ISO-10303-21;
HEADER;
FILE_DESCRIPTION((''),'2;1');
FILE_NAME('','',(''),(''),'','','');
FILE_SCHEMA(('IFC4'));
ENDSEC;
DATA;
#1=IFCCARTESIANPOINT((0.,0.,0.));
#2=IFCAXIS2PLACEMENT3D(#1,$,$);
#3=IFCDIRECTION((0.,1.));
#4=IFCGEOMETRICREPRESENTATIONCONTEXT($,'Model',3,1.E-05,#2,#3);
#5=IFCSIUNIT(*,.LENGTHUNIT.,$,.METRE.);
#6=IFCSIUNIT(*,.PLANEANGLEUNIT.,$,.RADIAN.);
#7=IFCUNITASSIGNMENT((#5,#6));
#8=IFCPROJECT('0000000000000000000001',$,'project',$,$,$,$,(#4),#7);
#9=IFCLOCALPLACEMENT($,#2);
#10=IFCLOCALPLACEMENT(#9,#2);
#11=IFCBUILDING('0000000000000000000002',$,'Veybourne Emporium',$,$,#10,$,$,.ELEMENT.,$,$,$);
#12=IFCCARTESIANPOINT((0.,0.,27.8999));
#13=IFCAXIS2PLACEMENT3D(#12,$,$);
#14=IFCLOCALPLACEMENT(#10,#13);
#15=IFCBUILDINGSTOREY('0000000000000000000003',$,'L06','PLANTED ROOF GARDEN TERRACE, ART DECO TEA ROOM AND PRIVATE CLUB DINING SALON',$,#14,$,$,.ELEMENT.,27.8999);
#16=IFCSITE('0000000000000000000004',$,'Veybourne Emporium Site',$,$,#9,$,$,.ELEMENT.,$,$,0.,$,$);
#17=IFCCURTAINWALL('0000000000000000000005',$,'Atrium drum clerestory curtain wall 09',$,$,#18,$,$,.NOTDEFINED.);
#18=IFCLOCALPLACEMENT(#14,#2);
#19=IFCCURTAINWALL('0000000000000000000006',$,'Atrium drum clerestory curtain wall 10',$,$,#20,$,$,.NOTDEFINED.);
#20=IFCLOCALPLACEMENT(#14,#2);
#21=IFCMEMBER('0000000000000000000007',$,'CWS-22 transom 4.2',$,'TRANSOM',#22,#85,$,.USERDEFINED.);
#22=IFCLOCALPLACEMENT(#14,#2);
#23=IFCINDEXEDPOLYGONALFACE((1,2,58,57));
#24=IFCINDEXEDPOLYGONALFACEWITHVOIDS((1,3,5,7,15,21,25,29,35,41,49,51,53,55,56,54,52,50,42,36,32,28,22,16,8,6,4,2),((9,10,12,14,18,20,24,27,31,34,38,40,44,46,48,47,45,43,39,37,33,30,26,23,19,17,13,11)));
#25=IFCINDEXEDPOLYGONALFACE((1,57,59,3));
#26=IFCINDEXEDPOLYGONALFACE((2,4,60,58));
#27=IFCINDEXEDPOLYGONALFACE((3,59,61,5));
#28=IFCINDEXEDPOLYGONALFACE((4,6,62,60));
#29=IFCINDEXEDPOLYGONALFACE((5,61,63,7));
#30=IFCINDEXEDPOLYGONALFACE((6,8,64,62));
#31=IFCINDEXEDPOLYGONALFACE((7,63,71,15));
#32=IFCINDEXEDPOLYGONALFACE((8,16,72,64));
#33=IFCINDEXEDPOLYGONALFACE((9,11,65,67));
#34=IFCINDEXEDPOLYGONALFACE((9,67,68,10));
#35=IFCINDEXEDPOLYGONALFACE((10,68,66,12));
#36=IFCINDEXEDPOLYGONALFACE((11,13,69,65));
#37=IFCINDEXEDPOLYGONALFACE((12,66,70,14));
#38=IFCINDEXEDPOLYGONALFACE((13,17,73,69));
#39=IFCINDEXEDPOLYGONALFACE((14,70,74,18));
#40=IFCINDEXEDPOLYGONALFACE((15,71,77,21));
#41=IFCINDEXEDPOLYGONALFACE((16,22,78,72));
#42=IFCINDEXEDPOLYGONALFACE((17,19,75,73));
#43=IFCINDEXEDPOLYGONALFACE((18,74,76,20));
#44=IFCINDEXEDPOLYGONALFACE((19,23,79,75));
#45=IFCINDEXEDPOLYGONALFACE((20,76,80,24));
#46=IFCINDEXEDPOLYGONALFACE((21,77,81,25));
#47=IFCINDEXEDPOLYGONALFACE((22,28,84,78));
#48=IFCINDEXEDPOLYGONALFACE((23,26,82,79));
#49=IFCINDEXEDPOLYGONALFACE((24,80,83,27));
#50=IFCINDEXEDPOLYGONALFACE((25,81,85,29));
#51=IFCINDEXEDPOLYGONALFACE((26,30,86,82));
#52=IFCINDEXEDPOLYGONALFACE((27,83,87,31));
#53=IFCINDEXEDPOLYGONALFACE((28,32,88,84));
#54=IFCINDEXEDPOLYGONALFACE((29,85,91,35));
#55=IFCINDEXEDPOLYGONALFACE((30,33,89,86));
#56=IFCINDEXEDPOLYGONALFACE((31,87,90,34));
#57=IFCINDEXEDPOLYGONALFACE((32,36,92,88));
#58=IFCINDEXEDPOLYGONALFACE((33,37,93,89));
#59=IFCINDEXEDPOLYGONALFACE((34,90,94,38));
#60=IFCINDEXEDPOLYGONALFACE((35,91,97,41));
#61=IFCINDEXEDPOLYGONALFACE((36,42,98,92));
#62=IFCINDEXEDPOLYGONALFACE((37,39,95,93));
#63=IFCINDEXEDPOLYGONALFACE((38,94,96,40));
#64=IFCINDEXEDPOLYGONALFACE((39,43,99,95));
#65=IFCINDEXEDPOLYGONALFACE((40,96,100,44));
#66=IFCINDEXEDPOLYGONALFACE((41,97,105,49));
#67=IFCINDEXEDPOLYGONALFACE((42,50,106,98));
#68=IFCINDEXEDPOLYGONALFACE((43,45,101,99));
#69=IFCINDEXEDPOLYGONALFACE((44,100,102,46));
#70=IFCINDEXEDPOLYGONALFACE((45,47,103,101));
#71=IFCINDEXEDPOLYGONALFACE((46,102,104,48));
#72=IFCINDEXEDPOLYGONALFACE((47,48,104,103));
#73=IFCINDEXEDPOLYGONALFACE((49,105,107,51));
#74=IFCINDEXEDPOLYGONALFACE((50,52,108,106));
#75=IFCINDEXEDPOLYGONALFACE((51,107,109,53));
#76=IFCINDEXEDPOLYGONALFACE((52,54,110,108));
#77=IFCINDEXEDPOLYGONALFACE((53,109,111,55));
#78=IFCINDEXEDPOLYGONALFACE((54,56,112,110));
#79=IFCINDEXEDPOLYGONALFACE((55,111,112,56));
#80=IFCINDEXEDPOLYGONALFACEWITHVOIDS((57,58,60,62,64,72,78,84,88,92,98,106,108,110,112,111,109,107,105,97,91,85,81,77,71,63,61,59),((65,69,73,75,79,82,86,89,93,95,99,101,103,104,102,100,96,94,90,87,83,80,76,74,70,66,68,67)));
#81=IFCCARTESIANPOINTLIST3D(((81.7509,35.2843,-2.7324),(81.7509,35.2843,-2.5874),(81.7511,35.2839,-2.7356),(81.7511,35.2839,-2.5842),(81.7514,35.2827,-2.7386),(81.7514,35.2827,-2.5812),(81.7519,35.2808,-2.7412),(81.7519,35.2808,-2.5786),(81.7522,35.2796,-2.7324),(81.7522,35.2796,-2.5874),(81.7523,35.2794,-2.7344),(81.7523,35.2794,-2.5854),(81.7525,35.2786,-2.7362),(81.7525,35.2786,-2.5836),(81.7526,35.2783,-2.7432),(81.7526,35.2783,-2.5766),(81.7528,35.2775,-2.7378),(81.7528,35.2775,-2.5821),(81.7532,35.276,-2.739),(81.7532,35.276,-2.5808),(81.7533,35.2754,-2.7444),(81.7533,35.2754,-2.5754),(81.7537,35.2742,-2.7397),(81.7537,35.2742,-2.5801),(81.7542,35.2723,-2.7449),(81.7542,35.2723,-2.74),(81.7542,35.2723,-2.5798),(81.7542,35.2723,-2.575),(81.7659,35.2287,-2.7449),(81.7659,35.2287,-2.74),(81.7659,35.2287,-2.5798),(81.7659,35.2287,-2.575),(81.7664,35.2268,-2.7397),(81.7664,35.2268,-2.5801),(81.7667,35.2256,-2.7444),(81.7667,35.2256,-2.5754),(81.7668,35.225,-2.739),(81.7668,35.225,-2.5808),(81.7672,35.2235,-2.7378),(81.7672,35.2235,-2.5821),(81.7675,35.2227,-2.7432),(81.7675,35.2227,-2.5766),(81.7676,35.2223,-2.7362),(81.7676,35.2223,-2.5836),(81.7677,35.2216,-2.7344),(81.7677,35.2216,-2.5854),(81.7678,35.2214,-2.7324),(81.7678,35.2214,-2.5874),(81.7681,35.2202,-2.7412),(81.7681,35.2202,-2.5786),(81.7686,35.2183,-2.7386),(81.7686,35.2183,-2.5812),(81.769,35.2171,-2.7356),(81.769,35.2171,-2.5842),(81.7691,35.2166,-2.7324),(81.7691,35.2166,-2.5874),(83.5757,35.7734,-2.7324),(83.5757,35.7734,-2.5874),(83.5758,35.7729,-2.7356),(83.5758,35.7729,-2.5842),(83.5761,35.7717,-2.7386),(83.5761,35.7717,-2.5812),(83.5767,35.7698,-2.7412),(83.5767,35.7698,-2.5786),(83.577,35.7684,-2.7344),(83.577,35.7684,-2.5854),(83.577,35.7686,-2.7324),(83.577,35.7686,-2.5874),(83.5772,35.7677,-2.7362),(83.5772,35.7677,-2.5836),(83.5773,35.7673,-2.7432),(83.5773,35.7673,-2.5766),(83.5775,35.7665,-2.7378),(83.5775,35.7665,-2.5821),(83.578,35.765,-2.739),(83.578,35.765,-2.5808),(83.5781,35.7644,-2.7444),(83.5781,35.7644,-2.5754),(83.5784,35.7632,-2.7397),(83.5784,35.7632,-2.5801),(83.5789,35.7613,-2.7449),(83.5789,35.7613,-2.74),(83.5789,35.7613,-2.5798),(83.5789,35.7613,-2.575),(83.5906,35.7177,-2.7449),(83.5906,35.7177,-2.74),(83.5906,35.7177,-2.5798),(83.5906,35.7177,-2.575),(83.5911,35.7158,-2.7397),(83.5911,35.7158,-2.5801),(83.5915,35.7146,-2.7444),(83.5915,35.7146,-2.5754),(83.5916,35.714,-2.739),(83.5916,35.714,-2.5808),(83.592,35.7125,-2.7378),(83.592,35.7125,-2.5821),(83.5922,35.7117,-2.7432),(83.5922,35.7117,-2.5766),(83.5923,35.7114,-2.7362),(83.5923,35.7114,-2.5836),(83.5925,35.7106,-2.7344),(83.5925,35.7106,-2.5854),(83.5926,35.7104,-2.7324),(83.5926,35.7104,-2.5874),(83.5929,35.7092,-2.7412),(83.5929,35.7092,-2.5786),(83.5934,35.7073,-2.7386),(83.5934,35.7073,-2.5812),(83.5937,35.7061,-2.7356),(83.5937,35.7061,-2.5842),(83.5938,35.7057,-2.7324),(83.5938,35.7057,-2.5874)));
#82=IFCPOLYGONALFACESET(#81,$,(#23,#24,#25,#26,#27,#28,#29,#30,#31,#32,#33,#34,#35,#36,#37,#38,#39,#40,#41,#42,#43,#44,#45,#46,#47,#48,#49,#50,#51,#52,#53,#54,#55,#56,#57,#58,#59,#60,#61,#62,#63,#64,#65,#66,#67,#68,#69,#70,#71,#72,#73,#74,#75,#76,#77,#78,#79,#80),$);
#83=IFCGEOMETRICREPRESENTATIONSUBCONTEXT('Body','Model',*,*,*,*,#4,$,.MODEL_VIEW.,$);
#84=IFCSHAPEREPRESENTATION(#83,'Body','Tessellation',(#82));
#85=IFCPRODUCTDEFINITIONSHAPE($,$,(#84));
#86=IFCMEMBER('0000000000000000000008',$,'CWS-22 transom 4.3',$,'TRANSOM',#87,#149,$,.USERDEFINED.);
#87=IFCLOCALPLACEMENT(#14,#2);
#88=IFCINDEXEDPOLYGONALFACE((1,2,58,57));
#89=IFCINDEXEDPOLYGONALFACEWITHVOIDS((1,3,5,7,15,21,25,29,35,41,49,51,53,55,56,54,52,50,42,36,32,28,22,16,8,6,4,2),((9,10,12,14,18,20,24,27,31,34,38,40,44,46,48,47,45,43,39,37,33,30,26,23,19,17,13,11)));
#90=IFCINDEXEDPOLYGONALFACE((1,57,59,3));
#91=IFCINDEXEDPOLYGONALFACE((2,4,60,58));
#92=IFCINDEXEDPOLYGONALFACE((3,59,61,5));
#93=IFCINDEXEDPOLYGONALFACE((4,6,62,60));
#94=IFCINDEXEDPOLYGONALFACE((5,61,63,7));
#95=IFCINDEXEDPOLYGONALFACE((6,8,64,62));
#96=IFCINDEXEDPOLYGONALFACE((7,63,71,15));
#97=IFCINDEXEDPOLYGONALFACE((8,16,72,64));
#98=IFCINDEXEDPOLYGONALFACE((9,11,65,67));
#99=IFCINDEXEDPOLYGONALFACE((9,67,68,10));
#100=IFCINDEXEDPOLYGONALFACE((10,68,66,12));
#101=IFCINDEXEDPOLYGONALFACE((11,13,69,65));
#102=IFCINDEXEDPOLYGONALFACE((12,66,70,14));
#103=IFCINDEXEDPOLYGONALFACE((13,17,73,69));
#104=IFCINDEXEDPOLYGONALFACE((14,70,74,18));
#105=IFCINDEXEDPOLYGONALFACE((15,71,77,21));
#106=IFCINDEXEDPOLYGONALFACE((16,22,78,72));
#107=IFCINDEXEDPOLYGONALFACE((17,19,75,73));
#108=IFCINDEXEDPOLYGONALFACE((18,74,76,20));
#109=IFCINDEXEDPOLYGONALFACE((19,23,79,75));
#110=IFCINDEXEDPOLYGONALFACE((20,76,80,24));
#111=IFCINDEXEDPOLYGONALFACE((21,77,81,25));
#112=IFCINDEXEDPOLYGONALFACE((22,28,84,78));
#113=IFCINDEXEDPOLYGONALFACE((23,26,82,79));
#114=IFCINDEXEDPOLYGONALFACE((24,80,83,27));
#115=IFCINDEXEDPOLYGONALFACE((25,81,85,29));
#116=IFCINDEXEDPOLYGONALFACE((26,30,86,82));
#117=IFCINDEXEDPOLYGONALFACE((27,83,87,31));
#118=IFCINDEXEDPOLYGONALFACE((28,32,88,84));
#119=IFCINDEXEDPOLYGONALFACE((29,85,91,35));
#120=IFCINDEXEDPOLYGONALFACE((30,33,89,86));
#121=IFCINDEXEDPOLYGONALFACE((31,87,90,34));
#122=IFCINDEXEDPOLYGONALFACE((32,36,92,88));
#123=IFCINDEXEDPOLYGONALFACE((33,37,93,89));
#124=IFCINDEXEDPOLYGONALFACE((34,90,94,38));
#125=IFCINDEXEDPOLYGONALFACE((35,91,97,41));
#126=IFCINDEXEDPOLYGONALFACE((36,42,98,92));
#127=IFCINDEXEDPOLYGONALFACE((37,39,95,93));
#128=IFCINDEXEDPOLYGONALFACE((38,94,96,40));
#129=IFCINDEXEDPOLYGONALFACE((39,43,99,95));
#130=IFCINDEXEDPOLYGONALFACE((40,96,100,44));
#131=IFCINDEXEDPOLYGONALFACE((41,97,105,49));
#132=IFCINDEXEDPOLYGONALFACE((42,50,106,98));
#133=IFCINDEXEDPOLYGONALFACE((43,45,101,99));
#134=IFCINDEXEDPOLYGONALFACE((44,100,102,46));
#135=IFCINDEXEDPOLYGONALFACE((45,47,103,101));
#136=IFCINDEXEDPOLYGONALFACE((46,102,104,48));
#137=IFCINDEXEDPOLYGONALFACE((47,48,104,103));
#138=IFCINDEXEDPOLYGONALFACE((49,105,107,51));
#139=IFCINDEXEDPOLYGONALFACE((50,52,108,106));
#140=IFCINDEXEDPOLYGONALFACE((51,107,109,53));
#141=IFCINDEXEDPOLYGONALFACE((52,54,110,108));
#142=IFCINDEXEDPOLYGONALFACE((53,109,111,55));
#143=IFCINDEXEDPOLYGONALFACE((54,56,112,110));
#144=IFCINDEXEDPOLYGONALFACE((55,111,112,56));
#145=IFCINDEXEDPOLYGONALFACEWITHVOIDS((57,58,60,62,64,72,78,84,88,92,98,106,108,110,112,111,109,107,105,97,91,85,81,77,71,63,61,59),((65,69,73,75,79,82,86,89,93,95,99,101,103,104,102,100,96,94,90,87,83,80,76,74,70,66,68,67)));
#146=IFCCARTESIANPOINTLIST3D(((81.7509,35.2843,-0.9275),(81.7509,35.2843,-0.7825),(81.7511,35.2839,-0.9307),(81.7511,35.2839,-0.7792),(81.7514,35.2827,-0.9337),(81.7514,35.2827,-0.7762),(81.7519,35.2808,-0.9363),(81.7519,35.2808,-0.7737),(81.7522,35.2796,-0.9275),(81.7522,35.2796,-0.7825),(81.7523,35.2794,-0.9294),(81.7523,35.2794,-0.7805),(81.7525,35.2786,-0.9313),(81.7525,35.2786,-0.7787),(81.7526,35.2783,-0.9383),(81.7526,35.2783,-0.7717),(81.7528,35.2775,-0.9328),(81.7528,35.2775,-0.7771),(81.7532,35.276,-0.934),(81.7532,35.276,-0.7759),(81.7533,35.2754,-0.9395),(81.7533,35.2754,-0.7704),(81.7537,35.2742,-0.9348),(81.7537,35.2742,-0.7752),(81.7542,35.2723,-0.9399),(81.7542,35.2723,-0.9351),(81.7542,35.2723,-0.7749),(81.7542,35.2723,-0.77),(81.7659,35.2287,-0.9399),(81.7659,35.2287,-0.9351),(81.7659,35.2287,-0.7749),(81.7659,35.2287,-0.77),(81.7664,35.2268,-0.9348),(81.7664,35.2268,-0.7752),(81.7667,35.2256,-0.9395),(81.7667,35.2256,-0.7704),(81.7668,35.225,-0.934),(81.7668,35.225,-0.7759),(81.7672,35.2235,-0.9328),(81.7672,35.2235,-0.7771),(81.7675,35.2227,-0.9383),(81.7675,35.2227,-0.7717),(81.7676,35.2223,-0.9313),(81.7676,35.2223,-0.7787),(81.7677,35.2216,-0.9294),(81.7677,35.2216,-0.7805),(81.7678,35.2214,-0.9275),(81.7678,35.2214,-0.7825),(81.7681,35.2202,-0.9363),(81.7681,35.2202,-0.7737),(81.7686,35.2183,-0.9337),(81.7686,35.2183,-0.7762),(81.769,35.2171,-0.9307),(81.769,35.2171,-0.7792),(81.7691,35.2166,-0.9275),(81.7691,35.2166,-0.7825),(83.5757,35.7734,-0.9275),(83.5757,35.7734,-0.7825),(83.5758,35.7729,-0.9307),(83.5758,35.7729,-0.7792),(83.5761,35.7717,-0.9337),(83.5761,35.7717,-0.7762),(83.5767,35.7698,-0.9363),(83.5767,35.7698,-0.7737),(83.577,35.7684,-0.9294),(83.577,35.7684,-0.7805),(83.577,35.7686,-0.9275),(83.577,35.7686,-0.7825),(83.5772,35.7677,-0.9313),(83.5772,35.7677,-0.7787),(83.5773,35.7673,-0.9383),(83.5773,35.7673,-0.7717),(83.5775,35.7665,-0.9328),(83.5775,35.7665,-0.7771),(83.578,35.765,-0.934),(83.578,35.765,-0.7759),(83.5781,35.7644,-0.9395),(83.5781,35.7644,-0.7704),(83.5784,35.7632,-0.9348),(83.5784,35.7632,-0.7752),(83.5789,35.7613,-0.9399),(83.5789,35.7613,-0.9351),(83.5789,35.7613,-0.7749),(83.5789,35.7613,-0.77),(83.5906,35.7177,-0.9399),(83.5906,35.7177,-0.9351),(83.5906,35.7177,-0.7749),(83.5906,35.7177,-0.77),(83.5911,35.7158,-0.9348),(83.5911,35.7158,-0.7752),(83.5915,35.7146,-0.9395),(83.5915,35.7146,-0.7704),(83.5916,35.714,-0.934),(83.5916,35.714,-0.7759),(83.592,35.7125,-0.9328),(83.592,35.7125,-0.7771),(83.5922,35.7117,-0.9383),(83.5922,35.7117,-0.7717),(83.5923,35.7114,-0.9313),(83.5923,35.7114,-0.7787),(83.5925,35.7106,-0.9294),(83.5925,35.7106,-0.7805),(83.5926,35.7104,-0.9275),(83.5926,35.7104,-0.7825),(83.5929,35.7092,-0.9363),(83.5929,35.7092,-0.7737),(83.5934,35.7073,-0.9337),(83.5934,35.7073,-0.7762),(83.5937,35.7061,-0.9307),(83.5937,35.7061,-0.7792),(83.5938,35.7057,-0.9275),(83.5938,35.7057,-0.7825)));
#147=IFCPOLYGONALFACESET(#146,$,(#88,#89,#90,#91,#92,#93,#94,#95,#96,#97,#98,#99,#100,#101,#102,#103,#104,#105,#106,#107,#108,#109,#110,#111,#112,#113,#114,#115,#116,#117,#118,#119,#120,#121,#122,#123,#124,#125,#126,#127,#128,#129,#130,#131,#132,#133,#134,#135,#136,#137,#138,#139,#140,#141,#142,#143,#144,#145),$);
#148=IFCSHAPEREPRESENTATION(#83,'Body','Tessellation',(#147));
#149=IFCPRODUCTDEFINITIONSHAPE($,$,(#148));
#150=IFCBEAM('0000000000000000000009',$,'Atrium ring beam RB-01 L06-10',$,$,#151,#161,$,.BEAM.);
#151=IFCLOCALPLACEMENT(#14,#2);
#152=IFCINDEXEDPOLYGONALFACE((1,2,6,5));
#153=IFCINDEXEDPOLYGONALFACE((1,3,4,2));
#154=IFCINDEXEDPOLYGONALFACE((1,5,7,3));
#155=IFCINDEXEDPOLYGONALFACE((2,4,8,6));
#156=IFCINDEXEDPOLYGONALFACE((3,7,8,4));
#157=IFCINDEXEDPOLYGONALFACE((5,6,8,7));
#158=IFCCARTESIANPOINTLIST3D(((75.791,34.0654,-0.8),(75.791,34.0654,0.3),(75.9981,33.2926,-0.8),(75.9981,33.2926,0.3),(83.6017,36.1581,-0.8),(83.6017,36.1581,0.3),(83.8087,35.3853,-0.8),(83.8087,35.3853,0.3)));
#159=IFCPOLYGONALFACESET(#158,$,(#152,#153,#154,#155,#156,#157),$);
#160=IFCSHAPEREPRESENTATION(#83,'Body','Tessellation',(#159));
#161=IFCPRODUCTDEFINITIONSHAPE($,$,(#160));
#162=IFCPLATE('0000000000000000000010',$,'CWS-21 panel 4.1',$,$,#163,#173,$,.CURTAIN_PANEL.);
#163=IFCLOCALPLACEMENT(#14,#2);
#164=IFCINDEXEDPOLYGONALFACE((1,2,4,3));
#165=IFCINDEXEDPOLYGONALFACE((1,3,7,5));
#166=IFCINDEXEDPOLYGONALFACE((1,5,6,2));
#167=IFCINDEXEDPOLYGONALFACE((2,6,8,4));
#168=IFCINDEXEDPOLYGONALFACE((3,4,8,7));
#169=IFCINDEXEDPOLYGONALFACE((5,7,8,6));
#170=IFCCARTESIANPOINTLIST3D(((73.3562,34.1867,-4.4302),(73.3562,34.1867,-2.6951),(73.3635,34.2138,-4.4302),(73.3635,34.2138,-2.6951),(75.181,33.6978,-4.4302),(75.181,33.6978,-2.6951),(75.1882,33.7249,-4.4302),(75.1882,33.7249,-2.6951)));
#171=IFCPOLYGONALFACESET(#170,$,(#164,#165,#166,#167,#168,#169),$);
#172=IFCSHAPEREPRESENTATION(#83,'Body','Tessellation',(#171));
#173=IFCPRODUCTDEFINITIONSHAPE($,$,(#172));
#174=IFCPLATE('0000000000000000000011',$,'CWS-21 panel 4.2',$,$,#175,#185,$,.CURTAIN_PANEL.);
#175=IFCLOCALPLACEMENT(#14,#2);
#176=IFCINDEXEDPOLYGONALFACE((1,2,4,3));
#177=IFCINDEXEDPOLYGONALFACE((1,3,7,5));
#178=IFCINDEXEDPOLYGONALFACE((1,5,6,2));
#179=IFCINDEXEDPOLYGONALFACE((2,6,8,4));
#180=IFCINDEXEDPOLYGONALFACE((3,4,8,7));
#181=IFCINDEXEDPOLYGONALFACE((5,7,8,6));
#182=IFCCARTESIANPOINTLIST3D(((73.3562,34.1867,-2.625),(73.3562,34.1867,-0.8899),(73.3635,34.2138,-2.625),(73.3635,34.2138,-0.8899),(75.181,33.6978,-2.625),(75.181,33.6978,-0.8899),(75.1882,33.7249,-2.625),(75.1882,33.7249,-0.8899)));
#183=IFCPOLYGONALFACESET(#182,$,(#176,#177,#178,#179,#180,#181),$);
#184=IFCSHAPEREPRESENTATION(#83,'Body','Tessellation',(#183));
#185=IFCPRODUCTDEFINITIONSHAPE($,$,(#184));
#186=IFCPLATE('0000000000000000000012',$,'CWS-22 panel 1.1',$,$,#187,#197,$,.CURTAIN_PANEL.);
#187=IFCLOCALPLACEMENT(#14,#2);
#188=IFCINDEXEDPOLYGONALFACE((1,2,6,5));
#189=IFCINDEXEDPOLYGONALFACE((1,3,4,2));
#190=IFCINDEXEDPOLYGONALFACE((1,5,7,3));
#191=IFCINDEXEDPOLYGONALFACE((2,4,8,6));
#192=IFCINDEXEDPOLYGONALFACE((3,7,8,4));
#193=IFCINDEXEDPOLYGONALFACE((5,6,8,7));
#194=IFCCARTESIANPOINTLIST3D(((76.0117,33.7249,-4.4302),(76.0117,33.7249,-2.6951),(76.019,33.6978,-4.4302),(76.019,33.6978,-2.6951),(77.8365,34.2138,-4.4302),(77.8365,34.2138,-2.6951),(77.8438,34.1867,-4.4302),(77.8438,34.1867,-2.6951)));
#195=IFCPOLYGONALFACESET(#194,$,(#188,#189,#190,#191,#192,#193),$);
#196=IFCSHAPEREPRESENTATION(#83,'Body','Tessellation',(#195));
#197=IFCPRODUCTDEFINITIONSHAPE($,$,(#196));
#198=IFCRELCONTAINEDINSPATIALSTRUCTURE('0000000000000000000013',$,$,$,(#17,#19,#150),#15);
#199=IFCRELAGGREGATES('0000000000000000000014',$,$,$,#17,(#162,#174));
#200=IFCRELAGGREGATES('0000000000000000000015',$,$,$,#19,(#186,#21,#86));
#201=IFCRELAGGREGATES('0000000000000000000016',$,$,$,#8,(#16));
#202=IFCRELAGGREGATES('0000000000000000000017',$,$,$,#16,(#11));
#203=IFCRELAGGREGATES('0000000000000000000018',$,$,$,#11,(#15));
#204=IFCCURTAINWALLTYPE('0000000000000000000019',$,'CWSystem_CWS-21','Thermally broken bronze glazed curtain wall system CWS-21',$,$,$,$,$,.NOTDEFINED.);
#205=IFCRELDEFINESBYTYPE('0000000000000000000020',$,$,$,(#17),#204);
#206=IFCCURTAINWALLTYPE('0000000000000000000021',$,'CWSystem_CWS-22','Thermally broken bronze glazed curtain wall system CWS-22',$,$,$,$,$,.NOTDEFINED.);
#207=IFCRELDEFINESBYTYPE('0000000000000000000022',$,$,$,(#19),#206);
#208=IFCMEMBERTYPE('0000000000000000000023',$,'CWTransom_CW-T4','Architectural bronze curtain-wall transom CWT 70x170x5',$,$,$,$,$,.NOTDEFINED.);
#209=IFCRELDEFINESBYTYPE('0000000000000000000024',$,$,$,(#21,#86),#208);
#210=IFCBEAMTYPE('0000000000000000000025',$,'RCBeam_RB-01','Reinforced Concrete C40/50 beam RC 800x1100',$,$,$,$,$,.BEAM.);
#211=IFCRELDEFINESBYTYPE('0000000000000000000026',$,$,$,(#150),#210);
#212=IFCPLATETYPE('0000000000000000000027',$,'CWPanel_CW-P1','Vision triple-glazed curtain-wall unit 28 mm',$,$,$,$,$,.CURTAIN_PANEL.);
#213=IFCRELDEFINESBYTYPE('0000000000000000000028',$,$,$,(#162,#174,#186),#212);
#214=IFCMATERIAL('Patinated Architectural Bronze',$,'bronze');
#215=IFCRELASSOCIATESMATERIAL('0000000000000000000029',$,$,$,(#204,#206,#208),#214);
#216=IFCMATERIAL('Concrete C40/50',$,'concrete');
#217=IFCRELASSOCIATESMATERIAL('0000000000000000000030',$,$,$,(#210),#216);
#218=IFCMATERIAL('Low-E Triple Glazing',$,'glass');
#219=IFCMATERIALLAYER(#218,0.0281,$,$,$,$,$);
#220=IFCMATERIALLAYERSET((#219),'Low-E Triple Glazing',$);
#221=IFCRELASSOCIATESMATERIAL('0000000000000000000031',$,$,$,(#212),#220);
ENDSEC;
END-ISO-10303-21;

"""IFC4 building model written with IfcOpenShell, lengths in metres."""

from ifc_helpers import new_model, si_unit, direction, frame, origin, origin_2d, place, context, subcontext, project, spatial, rectangle, hollow_rectangle, extrude, material, layer, layer_set, material_profile, profile_set, type_object, element, aggregate, save


model = new_model("IFC4")

# Units and contexts
model_context = context("Model", 3, precision=1e-05, world=origin(), true_north=direction((0.0, 1.0)))
body_context = subcontext(model_context, "Body", "Model", "MODEL_VIEW")
ifc_project = project(units=[si_unit("LENGTHUNIT", "METRE"), si_unit("PLANEANGLEUNIT", "RADIAN")], contexts=[model_context])

# Site, building, storey
site_placement = place(None, origin())
site = spatial("IfcSite", under=ifc_project, at=site_placement, Name="Veybourne Emporium Site", CompositionType="ELEMENT", RefElevation=0.0)
building_placement = place(site_placement, origin())
building = spatial("IfcBuilding", under=site, at=building_placement, Name="Veybourne Emporium", CompositionType="ELEMENT")
storey_placement = place(building_placement, frame((0.0, 0.0, 27.8999)))
storey = spatial("IfcBuildingStorey", under=building, at=storey_placement, Name="L06", Description="PLANTED ROOF GARDEN TERRACE, ART DECO TEA ROOM AND PRIVATE CLUB DINING SALON", CompositionType="ELEMENT", Elevation=27.8999)

# Shared definitions
ifc_material_1 = material(Name="Concrete C40/50", Category="concrete")

# Curtain wall
ifc_material_2 = material(Name="Patinated Architectural Bronze", Category="bronze")
curtain_wall_type_1 = type_object("IfcCurtainWallType", Name="CWSystem_CWS-21", Description="Thermally broken bronze glazed curtain wall system CWS-21", PredefinedType="NOTDEFINED", material=ifc_material_2)
curtain_wall_1_placement = place(storey_placement, origin())
curtain_wall_1 = element("IfcCurtainWall", 1, at=curtain_wall_1_placement, inside=storey, type_object=curtain_wall_type_1, Name="Atrium drum clerestory curtain wall 09", PredefinedType="NOTDEFINED")

# Curtain wall
curtain_wall_type_2 = type_object("IfcCurtainWallType", Name="CWSystem_CWS-22", Description="Thermally broken bronze glazed curtain wall system CWS-22", PredefinedType="NOTDEFINED", material=ifc_material_2)
curtain_wall_2_placement = place(storey_placement, origin())
curtain_wall_2 = element("IfcCurtainWall", 2, at=curtain_wall_2_placement, inside=storey, type_object=curtain_wall_type_2, Name="Atrium drum clerestory curtain wall 10", PredefinedType="NOTDEFINED")

# Members
ifc_material_profile_1 = material_profile(ifc_material_2, hollow_rectangle(XDim=0.0701, YDim=0.1699, WallThickness=0.0049, InnerFilletRadius=0.0076, OuterFilletRadius=0.0125, at=origin_2d()), Name="CWT 70x170x5")
ifc_profile_set_1 = profile_set([ifc_material_profile_1], Name="Patinated Architectural Bronze")
member_type_1 = type_object("IfcMemberType", Name="CWTransom_CW-T4", Description="Architectural bronze curtain-wall transom CWT 70x170x5", PredefinedType="NOTDEFINED", material=ifc_profile_set_1)
member_1_placement = place(storey_placement, frame((81.76, 35.2505, -2.6599), z_axis=(0.965915, 0.258861, 0.0), x_axis=(-0.258861, 0.965915, 0.0)))
member_1 = element("IfcMember", 3, at=member_1_placement, type_object=member_type_1, Name="CWS-22 transom 4.2", ObjectType="TRANSOM", PredefinedType="USERDEFINED", context=body_context, shape_type="SweptSolid", body=[
    extrude(hollow_rectangle(XDim=0.0701, YDim=0.1699, WallThickness=0.0049, InnerFilletRadius=0.0076, OuterFilletRadius=0.0125, at=origin_2d()), origin(), (0.0, 0.0, 1.0), 1.8892),
])
member_2_placement = place(storey_placement, frame((81.76, 35.2505, -0.855), z_axis=(0.965915, 0.258861, 0.0), x_axis=(-0.258861, 0.965915, 0.0)))
member_2 = element("IfcMember", 4, at=member_2_placement, type_object=member_type_1, Name="CWS-22 transom 4.3", ObjectType="TRANSOM", PredefinedType="USERDEFINED", context=body_context, shape_type="SweptSolid", body=[
    extrude(hollow_rectangle(XDim=0.0701, YDim=0.1699, WallThickness=0.0049, InnerFilletRadius=0.0076, OuterFilletRadius=0.0125, at=origin_2d()), origin(), (0.0, 0.0, 1.0), 1.8892),
])

# Beam
ifc_material_profile_2 = material_profile(ifc_material_1, rectangle(XDim=0.8, YDim=1.1001, at=origin_2d()), Name="RC 800x1100")
ifc_profile_set_2 = profile_set([ifc_material_profile_2], Name="Concrete C40/50")
beam_type = type_object("IfcBeamType", Name="RCBeam_RB-01", Description="Reinforced Concrete C40/50 beam RC 800x1100", PredefinedType="BEAM", material=ifc_profile_set_2)
beam_placement = place(storey_placement, frame((75.8945, 33.679, -0.25), z_axis=(0.96593, 0.258805, 0.0), x_axis=(-0.258805, 0.96593, 0.0)))
element("IfcBeam", 5, at=beam_placement, inside=storey, type_object=beam_type, Name="Atrium ring beam RB-01 L06-10", PredefinedType="BEAM", context=body_context, shape_type="SweptSolid", body=[
    extrude(rectangle(XDim=0.8, YDim=1.1001, at=origin_2d()), origin(), (0.0, 0.0, 1.0), 8.0862),
])

# Plates
ifc_material_3 = material(Name="Low-E Triple Glazing", Category="glass")
ifc_layer_1 = layer(ifc_material_3, 0.0281)
ifc_layer_set_1 = layer_set([ifc_layer_1], Name="Low-E Triple Glazing")
plate_type = type_object("IfcPlateType", Name="CWPanel_CW-P1", Description="Vision triple-glazed curtain-wall unit 28 mm", PredefinedType="CURTAIN_PANEL", material=ifc_layer_set_1)
plate_1_placement = place(storey_placement, frame((74.2722, 33.9558, -4.4302), z_axis=(0.0, 0.0, 1.0), x_axis=(0.965926, -0.25882, 0.0)))
plate_1 = element("IfcPlate", 6, at=plate_1_placement, type_object=plate_type, Name="CWS-21 panel 4.1", PredefinedType="CURTAIN_PANEL", context=body_context, shape_type="SweptSolid", body=[
    extrude(rectangle(XDim=1.8892, YDim=0.0281, at=origin_2d()), origin(), (0.0, 0.0, 1.0), 1.7351),
])
plate_2_placement = place(storey_placement, frame((74.2722, 33.9558, -2.625), z_axis=(0.0, 0.0, 1.0), x_axis=(0.965926, -0.25882, 0.0)))
plate_2 = element("IfcPlate", 7, at=plate_2_placement, type_object=plate_type, Name="CWS-21 panel 4.2", PredefinedType="CURTAIN_PANEL", context=body_context, shape_type="SweptSolid", body=[
    extrude(rectangle(XDim=1.8892, YDim=0.0281, at=origin_2d()), origin(), (0.0, 0.0, 1.0), 1.7351),
])
aggregate(curtain_wall_1, [plate_1, plate_2])
plate_3_placement = place(storey_placement, frame((76.9277, 33.9558, -4.4302), z_axis=(0.0, 0.0, 1.0), x_axis=(0.965926, 0.25882, 0.0)))
plate_3 = element("IfcPlate", 8, at=plate_3_placement, type_object=plate_type, Name="CWS-22 panel 1.1", PredefinedType="CURTAIN_PANEL", context=body_context, shape_type="SweptSolid", body=[
    extrude(rectangle(XDim=1.8892, YDim=0.0281, at=origin_2d()), origin(), (0.0, 0.0, 1.0), 1.7351),
])
aggregate(curtain_wall_2, [plate_3, member_1, member_2])

save(model, "model.ifc")
